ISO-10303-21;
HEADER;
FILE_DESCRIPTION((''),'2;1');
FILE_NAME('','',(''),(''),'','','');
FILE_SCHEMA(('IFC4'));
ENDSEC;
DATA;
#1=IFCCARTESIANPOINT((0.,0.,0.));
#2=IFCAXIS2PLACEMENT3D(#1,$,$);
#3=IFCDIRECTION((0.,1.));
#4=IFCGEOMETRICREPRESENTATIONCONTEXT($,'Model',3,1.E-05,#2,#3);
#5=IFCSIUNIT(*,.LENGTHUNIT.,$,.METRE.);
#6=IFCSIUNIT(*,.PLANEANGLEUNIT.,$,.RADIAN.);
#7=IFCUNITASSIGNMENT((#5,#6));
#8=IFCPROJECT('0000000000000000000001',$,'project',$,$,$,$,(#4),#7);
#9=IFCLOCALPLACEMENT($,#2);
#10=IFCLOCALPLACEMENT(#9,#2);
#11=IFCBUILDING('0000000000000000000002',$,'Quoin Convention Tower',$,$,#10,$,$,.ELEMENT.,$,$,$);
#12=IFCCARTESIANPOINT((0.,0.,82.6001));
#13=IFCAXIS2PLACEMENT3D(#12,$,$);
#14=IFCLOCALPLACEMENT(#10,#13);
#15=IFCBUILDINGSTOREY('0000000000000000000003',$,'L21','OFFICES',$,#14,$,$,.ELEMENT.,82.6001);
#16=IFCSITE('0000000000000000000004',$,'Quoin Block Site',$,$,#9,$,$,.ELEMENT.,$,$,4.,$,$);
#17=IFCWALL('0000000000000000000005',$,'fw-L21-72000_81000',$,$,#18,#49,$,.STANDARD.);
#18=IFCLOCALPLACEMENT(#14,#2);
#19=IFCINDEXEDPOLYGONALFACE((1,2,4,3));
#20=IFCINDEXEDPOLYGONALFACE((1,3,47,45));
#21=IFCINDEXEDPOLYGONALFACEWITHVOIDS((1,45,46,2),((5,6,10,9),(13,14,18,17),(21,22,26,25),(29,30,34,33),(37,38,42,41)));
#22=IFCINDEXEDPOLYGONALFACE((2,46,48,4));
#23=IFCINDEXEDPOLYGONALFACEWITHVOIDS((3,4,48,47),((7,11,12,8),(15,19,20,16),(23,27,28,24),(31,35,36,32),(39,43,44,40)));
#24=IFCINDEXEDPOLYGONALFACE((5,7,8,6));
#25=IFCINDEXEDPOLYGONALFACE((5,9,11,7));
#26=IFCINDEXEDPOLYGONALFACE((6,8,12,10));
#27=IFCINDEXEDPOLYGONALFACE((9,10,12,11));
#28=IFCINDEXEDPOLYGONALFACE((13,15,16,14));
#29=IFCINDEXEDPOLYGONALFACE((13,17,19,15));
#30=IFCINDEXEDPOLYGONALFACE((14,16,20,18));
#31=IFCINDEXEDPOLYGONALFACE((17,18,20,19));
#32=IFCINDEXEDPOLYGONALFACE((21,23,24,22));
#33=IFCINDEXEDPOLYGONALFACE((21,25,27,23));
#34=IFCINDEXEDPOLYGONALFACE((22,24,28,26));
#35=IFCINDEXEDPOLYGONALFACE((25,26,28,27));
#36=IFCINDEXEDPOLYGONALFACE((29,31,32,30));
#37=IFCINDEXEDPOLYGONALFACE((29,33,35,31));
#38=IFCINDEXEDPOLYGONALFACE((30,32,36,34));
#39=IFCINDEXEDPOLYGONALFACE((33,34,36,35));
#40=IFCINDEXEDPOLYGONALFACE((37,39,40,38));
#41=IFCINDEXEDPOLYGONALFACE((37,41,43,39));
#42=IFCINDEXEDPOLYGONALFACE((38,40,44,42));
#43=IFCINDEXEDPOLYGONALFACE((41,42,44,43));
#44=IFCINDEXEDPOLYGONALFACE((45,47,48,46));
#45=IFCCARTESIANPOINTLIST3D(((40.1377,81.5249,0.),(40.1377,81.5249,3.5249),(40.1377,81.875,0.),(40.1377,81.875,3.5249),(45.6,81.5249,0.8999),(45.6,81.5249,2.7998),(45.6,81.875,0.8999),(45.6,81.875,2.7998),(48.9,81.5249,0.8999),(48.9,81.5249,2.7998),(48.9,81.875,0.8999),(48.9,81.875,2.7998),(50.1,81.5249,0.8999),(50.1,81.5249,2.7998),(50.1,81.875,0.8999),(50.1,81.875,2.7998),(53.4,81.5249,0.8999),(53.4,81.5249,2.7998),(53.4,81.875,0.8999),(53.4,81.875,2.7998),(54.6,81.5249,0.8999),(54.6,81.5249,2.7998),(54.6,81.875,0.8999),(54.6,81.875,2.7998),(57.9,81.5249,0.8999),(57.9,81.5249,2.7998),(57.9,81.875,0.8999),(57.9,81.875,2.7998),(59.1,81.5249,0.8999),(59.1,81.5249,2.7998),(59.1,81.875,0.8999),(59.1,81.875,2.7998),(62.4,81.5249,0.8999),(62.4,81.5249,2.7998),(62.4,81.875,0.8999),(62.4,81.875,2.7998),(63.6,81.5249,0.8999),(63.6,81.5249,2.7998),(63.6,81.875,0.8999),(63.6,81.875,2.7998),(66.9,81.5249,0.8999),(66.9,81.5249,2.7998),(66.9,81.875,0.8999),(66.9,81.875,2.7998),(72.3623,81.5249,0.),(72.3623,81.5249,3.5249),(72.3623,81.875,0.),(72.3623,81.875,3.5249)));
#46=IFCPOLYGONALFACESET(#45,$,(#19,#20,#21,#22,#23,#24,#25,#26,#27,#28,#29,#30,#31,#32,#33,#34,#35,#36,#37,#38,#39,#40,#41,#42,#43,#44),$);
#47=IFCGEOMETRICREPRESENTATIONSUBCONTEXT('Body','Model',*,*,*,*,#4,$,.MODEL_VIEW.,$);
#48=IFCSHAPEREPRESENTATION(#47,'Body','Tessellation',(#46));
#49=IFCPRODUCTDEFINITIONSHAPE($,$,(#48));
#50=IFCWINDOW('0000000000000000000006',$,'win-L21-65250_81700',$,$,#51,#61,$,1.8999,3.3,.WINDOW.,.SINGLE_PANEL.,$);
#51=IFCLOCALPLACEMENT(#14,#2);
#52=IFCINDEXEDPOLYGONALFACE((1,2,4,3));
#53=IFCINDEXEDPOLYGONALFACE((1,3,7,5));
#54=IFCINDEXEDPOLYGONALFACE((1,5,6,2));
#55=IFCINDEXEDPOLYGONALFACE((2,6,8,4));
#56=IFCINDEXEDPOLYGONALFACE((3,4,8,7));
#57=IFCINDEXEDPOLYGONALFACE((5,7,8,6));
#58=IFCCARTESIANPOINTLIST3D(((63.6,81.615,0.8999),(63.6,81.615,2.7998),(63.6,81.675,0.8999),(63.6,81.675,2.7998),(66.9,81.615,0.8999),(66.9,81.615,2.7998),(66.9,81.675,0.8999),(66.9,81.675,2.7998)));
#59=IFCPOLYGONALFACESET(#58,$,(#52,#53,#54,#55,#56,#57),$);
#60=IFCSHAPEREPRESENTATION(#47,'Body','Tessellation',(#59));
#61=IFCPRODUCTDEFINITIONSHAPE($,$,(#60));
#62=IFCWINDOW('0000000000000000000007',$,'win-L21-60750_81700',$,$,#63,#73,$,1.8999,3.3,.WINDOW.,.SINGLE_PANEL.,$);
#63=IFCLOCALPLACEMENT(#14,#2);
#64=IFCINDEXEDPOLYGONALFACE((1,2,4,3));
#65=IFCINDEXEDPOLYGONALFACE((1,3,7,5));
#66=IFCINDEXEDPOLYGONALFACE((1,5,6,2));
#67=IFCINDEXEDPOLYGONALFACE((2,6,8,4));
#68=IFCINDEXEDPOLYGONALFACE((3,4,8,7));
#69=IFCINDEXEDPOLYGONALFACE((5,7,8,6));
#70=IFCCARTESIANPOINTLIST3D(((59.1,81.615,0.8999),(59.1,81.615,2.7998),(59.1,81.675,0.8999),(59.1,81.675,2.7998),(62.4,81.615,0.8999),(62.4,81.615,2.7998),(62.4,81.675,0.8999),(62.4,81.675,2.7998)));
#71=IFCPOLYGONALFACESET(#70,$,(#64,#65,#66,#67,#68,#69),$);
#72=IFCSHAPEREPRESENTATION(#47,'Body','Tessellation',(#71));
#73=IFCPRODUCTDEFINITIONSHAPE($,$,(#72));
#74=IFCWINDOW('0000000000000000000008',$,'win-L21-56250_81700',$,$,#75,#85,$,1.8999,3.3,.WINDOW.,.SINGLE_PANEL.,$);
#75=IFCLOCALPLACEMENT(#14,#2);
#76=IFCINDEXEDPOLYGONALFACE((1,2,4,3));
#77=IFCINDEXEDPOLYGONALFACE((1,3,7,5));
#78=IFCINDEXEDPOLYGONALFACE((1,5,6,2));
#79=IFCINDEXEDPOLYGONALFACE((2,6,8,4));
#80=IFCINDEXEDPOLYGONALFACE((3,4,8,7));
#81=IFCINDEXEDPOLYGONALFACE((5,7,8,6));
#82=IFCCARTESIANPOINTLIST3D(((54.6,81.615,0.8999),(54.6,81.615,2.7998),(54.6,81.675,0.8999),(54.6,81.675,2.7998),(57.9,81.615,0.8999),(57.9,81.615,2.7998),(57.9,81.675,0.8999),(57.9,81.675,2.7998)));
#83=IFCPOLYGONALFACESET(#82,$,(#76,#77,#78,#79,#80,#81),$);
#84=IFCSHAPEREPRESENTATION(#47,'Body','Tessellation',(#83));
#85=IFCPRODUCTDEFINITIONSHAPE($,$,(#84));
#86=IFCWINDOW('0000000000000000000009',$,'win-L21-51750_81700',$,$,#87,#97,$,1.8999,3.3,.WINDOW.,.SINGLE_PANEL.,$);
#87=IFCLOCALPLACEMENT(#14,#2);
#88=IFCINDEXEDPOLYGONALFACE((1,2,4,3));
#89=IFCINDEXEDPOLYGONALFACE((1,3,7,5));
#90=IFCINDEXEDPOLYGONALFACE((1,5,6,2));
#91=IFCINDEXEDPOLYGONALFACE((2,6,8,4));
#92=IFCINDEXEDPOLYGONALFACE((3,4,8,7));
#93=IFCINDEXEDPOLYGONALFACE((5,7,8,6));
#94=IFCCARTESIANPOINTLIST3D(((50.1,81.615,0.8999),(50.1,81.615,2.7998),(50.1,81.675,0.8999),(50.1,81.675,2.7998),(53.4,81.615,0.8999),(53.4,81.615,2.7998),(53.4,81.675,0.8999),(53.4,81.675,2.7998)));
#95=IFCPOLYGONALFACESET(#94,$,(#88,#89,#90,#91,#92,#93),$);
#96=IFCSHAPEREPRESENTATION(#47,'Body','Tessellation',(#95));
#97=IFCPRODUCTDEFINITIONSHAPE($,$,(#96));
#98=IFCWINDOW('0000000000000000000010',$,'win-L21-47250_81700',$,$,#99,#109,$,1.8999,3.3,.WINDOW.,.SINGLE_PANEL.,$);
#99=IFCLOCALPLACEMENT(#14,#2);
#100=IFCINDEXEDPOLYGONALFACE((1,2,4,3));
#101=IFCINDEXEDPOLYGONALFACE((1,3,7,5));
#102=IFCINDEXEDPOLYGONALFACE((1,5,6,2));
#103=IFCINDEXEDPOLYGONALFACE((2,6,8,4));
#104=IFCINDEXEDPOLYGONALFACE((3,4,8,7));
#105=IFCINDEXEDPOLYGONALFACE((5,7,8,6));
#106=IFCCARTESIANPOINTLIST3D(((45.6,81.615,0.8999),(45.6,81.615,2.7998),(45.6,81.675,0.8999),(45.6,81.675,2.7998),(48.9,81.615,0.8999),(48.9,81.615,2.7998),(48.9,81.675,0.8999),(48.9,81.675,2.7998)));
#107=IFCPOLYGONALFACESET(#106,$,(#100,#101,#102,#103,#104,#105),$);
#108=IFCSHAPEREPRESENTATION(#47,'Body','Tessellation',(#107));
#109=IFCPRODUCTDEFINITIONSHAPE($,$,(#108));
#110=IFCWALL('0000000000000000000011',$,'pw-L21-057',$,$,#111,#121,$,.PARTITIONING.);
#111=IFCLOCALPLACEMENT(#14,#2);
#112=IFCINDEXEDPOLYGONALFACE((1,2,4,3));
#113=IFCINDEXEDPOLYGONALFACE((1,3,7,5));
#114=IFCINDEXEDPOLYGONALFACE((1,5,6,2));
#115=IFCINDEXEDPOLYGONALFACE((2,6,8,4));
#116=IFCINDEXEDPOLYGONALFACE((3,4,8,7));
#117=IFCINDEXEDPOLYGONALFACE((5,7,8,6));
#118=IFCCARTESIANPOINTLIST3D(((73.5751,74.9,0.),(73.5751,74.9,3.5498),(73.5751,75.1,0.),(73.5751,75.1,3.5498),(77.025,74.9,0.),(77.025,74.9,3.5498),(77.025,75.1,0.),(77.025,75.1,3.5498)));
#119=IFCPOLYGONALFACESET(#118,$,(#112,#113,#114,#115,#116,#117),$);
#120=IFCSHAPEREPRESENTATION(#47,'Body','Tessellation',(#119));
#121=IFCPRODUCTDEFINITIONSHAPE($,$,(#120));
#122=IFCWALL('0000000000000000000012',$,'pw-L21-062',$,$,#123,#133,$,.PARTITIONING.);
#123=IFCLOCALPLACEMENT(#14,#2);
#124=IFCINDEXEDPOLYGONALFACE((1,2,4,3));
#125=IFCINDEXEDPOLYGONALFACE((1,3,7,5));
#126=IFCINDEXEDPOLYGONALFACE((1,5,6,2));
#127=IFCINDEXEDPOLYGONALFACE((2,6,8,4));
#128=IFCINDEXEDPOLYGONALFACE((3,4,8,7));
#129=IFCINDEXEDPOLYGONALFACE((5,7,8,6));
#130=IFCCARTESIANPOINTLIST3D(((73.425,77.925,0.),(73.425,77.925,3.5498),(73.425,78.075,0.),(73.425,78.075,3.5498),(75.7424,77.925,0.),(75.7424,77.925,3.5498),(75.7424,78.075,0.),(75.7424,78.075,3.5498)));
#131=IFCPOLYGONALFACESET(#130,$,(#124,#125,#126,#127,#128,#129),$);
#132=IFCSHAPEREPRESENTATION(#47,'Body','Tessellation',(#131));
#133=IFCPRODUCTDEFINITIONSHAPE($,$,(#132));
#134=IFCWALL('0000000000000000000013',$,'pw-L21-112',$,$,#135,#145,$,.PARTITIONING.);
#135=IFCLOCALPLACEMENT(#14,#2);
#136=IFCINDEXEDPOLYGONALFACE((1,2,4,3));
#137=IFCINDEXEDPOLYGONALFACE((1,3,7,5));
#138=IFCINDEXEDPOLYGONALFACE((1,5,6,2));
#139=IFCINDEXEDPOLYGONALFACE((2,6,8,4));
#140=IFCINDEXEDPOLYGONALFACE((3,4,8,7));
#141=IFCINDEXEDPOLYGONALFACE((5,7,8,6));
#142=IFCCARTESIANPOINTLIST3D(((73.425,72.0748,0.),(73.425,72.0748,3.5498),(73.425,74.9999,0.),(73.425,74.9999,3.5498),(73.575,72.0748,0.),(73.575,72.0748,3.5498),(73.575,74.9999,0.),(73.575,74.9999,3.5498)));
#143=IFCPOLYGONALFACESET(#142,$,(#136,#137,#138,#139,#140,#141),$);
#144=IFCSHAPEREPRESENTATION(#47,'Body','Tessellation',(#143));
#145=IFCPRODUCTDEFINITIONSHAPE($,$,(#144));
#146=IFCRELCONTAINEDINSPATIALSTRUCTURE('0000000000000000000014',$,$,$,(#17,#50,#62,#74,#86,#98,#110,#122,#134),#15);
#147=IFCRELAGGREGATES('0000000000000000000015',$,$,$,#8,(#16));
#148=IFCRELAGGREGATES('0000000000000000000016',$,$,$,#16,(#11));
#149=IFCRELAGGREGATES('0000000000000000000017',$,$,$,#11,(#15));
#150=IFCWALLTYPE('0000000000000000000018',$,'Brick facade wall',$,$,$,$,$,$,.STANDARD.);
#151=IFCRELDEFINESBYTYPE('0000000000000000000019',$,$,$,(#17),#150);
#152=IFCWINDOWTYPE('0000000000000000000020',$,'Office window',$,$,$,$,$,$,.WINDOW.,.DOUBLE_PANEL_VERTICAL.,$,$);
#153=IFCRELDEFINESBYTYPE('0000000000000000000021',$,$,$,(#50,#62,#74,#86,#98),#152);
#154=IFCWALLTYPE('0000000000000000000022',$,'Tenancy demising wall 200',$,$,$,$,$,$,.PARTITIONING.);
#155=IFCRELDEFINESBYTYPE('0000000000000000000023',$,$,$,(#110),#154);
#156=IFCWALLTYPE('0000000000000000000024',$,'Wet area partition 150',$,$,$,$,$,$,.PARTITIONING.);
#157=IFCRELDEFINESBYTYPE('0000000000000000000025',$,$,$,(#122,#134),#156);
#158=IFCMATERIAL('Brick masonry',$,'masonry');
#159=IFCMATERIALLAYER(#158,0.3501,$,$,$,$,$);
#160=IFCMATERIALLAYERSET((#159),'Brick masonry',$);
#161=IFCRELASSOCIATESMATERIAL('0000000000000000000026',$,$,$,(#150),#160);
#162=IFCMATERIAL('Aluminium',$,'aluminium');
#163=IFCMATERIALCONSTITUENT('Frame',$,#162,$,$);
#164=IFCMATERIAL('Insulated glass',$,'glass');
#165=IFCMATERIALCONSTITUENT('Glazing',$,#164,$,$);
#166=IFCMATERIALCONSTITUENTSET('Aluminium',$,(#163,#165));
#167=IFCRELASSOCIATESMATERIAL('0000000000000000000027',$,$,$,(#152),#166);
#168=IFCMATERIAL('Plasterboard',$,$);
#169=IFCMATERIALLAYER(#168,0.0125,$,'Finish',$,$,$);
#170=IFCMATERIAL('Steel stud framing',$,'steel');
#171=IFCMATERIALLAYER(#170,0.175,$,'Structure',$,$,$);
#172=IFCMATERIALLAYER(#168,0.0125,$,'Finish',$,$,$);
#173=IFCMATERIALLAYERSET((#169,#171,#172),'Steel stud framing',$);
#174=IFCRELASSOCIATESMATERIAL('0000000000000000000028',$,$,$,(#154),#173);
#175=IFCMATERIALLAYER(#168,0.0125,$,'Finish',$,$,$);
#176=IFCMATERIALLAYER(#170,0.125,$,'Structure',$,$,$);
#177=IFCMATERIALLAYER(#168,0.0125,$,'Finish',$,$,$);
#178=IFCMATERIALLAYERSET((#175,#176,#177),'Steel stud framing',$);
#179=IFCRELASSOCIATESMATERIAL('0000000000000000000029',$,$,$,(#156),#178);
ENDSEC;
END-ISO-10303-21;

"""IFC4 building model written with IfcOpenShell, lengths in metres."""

from ifc_helpers import new_model, si_unit, direction, frame, frame_2d, origin, place, context, subcontext, project, spatial, rectangle, extrude, material, layer, layer_set, constituent, constituent_set, type_object, element, fill, save


model = new_model("IFC4")

# Units and contexts
model_context = context("Model", 3, precision=1e-05, world=origin(), true_north=direction((0.0, 1.0)))
body_context = subcontext(model_context, "Body", "Model", "MODEL_VIEW")
ifc_project = project(units=[si_unit("LENGTHUNIT", "METRE"), si_unit("PLANEANGLEUNIT", "RADIAN")], contexts=[model_context])

# Site, building, storey
site_placement = place(None, origin())
site = spatial("IfcSite", under=ifc_project, at=site_placement, Name="Quoin Block Site", CompositionType="ELEMENT", RefElevation=4.0)
building_placement = place(site_placement, origin())
building = spatial("IfcBuilding", under=site, at=building_placement, Name="Quoin Convention Tower", CompositionType="ELEMENT")
storey_placement = place(building_placement, frame((0.0, 0.0, 82.6001)))
storey = spatial("IfcBuildingStorey", under=building, at=storey_placement, Name="L21", Description="OFFICES", CompositionType="ELEMENT", Elevation=82.6001)

# Shared definitions
ifc_material_1 = material(Name="Brick masonry", Category="masonry")
ifc_layer_1 = layer(ifc_material_1, 0.3501)
ifc_layer_set_1 = layer_set([ifc_layer_1], Name="Brick masonry")
wall_type_1 = type_object("IfcWallType", Name="Brick facade wall", PredefinedType="STANDARD", material=ifc_layer_set_1)
ifc_material_2 = material(Name="Aluminium", Category="aluminium")
ifc_constituent_1 = constituent(ifc_material_2, Name="Frame")
ifc_material_3 = material(Name="Insulated glass", Category="glass")
ifc_constituent_2 = constituent(ifc_material_3, Name="Glazing")
ifc_constituent_set = constituent_set(constituents=[ifc_constituent_1, ifc_constituent_2], Name="Aluminium")
window_type = type_object("IfcWindowType", Name="Office window", PartitioningType="DOUBLE_PANEL_VERTICAL", PredefinedType="WINDOW", material=ifc_constituent_set)

# Wall, openings, windows
wall_1_placement = place(storey_placement, frame((72.3623, 81.7, 0.0), z_axis=(0.0, 0.0, 1.0), x_axis=(-1.0, 0.0, 0.0)))
wall_1 = element("IfcWall", 1, at=wall_1_placement, inside=storey, type_object=wall_type_1, Name="fw-L21-72000_81000", PredefinedType="STANDARD", context=body_context, shape_type="SweptSolid", body=[
    extrude(rectangle(XDim=32.2246, YDim=0.3501, at=frame_2d((16.1123, 0.0))), origin(), (0.0, 0.0, 1.0), 3.5249),
])
opening_1_placement = place(wall_1_placement, frame((5.4624, 0.0, 0.8999)))
opening_1 = element("IfcOpeningElement", 2, at=opening_1_placement, cuts=wall_1, PredefinedType="OPENING", context=body_context, shape_type="SweptSolid", body=[
    extrude(rectangle(XDim=3.3, YDim=1.8999, at=frame_2d((1.6499, 0.95))), frame((0.0, 0.1851, 0.0), z_axis=(0.0, -1.0, 0.0), x_axis=(1.0, 0.0, 0.0)), (0.0, 0.0, 1.0), 0.3701),
])
opening_2_placement = place(wall_1_placement, frame((9.9624, 0.0, 0.8999)))
opening_2 = element("IfcOpeningElement", 3, at=opening_2_placement, cuts=wall_1, PredefinedType="OPENING", context=body_context, shape_type="SweptSolid", body=[
    extrude(rectangle(XDim=3.3, YDim=1.8999, at=frame_2d((1.6499, 0.95))), frame((0.0, 0.1851, 0.0), z_axis=(0.0, -1.0, 0.0), x_axis=(1.0, 0.0, 0.0)), (0.0, 0.0, 1.0), 0.3701),
])
opening_3_placement = place(wall_1_placement, frame((14.4624, 0.0, 0.8999)))
opening_3 = element("IfcOpeningElement", 4, at=opening_3_placement, cuts=wall_1, PredefinedType="OPENING", context=body_context, shape_type="SweptSolid", body=[
    extrude(rectangle(XDim=3.3, YDim=1.8999, at=frame_2d((1.6499, 0.95))), frame((0.0, 0.1851, 0.0), z_axis=(0.0, -1.0, 0.0), x_axis=(1.0, 0.0, 0.0)), (0.0, 0.0, 1.0), 0.3701),
])
opening_4_placement = place(wall_1_placement, frame((18.9624, 0.0, 0.8999)))
opening_4 = element("IfcOpeningElement", 5, at=opening_4_placement, cuts=wall_1, PredefinedType="OPENING", context=body_context, shape_type="SweptSolid", body=[
    extrude(rectangle(XDim=3.3, YDim=1.8999, at=frame_2d((1.6499, 0.95))), frame((0.0, 0.1851, 0.0), z_axis=(0.0, -1.0, 0.0), x_axis=(1.0, 0.0, 0.0)), (0.0, 0.0, 1.0), 0.3701),
])
opening_5_placement = place(wall_1_placement, frame((23.4624, 0.0, 0.8999)))
opening_5 = element("IfcOpeningElement", 6, at=opening_5_placement, cuts=wall_1, PredefinedType="OPENING", context=body_context, shape_type="SweptSolid", body=[
    extrude(rectangle(XDim=3.3, YDim=1.8999, at=frame_2d((1.6499, 0.95))), frame((0.0, 0.1851, 0.0), z_axis=(0.0, -1.0, 0.0), x_axis=(1.0, 0.0, 0.0)), (0.0, 0.0, 1.0), 0.3701),
])
window_1_placement = place(opening_1_placement, origin())
window_1 = element("IfcWindow", 7, at=window_1_placement, inside=storey, type_object=window_type, Name="win-L21-65250_81700", OverallHeight=1.8999, OverallWidth=3.3, PartitioningType="SINGLE_PANEL", PredefinedType="WINDOW", context=body_context, shape_type="SweptSolid", body=[
    extrude(rectangle(XDim=3.3, YDim=1.8999, at=frame_2d((1.6499, 0.95))), frame((0.0, 0.085, 0.0), z_axis=(0.0, -1.0, 0.0), x_axis=(1.0, 0.0, 0.0)), (0.0, 0.0, 1.0), 0.0601),
])
fill(opening_1, window_1)
window_2_placement = place(opening_2_placement, origin())
window_2 = element("IfcWindow", 8, at=window_2_placement, inside=storey, type_object=window_type, Name="win-L21-60750_81700", OverallHeight=1.8999, OverallWidth=3.3, PartitioningType="SINGLE_PANEL", PredefinedType="WINDOW", context=body_context, shape_type="SweptSolid", body=[
    extrude(rectangle(XDim=3.3, YDim=1.8999, at=frame_2d((1.6499, 0.95))), frame((0.0, 0.085, 0.0), z_axis=(0.0, -1.0, 0.0), x_axis=(1.0, 0.0, 0.0)), (0.0, 0.0, 1.0), 0.0601),
])
fill(opening_2, window_2)
window_3_placement = place(opening_3_placement, origin())
window_3 = element("IfcWindow", 9, at=window_3_placement, inside=storey, type_object=window_type, Name="win-L21-56250_81700", OverallHeight=1.8999, OverallWidth=3.3, PartitioningType="SINGLE_PANEL", PredefinedType="WINDOW", context=body_context, shape_type="SweptSolid", body=[
    extrude(rectangle(XDim=3.3, YDim=1.8999, at=frame_2d((1.6499, 0.95))), frame((0.0, 0.085, 0.0), z_axis=(0.0, -1.0, 0.0), x_axis=(1.0, 0.0, 0.0)), (0.0, 0.0, 1.0), 0.0601),
])
fill(opening_3, window_3)
window_4_placement = place(opening_4_placement, origin())
window_4 = element("IfcWindow", 10, at=window_4_placement, inside=storey, type_object=window_type, Name="win-L21-51750_81700", OverallHeight=1.8999, OverallWidth=3.3, PartitioningType="SINGLE_PANEL", PredefinedType="WINDOW", context=body_context, shape_type="SweptSolid", body=[
    extrude(rectangle(XDim=3.3, YDim=1.8999, at=frame_2d((1.6499, 0.95))), frame((0.0, 0.085, 0.0), z_axis=(0.0, -1.0, 0.0), x_axis=(1.0, 0.0, 0.0)), (0.0, 0.0, 1.0), 0.0601),
])
fill(opening_4, window_4)
window_5_placement = place(opening_5_placement, origin())
window_5 = element("IfcWindow", 11, at=window_5_placement, inside=storey, type_object=window_type, Name="win-L21-47250_81700", OverallHeight=1.8999, OverallWidth=3.3, PartitioningType="SINGLE_PANEL", PredefinedType="WINDOW", context=body_context, shape_type="SweptSolid", body=[
    extrude(rectangle(XDim=3.3, YDim=1.8999, at=frame_2d((1.6499, 0.95))), frame((0.0, 0.085, 0.0), z_axis=(0.0, -1.0, 0.0), x_axis=(1.0, 0.0, 0.0)), (0.0, 0.0, 1.0), 0.0601),
])
fill(opening_5, window_5)

# Walls
ifc_material_4 = material(Name="Plasterboard")
ifc_layer_2 = layer(ifc_material_4, 0.0125, Name="Finish")
ifc_material_5 = material(Name="Steel stud framing", Category="steel")
ifc_layer_3 = layer(ifc_material_5, 0.175, Name="Structure")
ifc_layer_4 = layer(ifc_material_4, 0.0125, Name="Finish")
ifc_layer_set_2 = layer_set([ifc_layer_2, ifc_layer_3, ifc_layer_4], Name="Steel stud framing")
wall_type_2 = type_object("IfcWallType", Name="Tenancy demising wall 200", PredefinedType="PARTITIONING", material=ifc_layer_set_2)
wall_2_placement = place(storey_placement, frame((73.575, 75.0, 0.0), z_axis=(0.0, 0.0, 1.0), x_axis=(1.0, 0.0, 0.0)))
element("IfcWall", 12, at=wall_2_placement, inside=storey, type_object=wall_type_2, Name="pw-L21-057", PredefinedType="PARTITIONING", context=body_context, shape_type="SweptSolid", body=[
    extrude(rectangle(XDim=3.45, YDim=0.2, at=frame_2d((1.7251, 0.0))), origin(), (0.0, 0.0, 1.0), 3.5498),
])
ifc_layer_5 = layer(ifc_material_4, 0.0125, Name="Finish")
ifc_layer_6 = layer(ifc_material_5, 0.125, Name="Structure")
ifc_layer_7 = layer(ifc_material_4, 0.0125, Name="Finish")
ifc_layer_set_3 = layer_set([ifc_layer_5, ifc_layer_6, ifc_layer_7], Name="Steel stud framing")
wall_type_3 = type_object("IfcWallType", Name="Wet area partition 150", PredefinedType="PARTITIONING", material=ifc_layer_set_3)
wall_3_placement = place(storey_placement, frame((73.425, 78.0, 0.0), z_axis=(0.0, 0.0, 1.0), x_axis=(1.0, 0.0, 0.0)))
element("IfcWall", 13, at=wall_3_placement, inside=storey, type_object=wall_type_3, Name="pw-L21-062", PredefinedType="PARTITIONING", context=body_context, shape_type="SweptSolid", body=[
    extrude(rectangle(XDim=2.3174, YDim=0.1499, at=frame_2d((1.1587, 0.0))), origin(), (0.0, 0.0, 1.0), 3.5498),
])
wall_4_placement = place(storey_placement, frame((73.5, 72.075, 0.0), z_axis=(0.0, 0.0, 1.0), x_axis=(0.0, 1.0, 0.0)))
element("IfcWall", 14, at=wall_4_placement, inside=storey, type_object=wall_type_3, Name="pw-L21-112", PredefinedType="PARTITIONING", context=body_context, shape_type="SweptSolid", body=[
    extrude(rectangle(XDim=2.925, YDim=0.1499, at=frame_2d((1.4624, 0.0))), origin(), (0.0, 0.0, 1.0), 3.5498),
])

save(model, "model.ifc")
